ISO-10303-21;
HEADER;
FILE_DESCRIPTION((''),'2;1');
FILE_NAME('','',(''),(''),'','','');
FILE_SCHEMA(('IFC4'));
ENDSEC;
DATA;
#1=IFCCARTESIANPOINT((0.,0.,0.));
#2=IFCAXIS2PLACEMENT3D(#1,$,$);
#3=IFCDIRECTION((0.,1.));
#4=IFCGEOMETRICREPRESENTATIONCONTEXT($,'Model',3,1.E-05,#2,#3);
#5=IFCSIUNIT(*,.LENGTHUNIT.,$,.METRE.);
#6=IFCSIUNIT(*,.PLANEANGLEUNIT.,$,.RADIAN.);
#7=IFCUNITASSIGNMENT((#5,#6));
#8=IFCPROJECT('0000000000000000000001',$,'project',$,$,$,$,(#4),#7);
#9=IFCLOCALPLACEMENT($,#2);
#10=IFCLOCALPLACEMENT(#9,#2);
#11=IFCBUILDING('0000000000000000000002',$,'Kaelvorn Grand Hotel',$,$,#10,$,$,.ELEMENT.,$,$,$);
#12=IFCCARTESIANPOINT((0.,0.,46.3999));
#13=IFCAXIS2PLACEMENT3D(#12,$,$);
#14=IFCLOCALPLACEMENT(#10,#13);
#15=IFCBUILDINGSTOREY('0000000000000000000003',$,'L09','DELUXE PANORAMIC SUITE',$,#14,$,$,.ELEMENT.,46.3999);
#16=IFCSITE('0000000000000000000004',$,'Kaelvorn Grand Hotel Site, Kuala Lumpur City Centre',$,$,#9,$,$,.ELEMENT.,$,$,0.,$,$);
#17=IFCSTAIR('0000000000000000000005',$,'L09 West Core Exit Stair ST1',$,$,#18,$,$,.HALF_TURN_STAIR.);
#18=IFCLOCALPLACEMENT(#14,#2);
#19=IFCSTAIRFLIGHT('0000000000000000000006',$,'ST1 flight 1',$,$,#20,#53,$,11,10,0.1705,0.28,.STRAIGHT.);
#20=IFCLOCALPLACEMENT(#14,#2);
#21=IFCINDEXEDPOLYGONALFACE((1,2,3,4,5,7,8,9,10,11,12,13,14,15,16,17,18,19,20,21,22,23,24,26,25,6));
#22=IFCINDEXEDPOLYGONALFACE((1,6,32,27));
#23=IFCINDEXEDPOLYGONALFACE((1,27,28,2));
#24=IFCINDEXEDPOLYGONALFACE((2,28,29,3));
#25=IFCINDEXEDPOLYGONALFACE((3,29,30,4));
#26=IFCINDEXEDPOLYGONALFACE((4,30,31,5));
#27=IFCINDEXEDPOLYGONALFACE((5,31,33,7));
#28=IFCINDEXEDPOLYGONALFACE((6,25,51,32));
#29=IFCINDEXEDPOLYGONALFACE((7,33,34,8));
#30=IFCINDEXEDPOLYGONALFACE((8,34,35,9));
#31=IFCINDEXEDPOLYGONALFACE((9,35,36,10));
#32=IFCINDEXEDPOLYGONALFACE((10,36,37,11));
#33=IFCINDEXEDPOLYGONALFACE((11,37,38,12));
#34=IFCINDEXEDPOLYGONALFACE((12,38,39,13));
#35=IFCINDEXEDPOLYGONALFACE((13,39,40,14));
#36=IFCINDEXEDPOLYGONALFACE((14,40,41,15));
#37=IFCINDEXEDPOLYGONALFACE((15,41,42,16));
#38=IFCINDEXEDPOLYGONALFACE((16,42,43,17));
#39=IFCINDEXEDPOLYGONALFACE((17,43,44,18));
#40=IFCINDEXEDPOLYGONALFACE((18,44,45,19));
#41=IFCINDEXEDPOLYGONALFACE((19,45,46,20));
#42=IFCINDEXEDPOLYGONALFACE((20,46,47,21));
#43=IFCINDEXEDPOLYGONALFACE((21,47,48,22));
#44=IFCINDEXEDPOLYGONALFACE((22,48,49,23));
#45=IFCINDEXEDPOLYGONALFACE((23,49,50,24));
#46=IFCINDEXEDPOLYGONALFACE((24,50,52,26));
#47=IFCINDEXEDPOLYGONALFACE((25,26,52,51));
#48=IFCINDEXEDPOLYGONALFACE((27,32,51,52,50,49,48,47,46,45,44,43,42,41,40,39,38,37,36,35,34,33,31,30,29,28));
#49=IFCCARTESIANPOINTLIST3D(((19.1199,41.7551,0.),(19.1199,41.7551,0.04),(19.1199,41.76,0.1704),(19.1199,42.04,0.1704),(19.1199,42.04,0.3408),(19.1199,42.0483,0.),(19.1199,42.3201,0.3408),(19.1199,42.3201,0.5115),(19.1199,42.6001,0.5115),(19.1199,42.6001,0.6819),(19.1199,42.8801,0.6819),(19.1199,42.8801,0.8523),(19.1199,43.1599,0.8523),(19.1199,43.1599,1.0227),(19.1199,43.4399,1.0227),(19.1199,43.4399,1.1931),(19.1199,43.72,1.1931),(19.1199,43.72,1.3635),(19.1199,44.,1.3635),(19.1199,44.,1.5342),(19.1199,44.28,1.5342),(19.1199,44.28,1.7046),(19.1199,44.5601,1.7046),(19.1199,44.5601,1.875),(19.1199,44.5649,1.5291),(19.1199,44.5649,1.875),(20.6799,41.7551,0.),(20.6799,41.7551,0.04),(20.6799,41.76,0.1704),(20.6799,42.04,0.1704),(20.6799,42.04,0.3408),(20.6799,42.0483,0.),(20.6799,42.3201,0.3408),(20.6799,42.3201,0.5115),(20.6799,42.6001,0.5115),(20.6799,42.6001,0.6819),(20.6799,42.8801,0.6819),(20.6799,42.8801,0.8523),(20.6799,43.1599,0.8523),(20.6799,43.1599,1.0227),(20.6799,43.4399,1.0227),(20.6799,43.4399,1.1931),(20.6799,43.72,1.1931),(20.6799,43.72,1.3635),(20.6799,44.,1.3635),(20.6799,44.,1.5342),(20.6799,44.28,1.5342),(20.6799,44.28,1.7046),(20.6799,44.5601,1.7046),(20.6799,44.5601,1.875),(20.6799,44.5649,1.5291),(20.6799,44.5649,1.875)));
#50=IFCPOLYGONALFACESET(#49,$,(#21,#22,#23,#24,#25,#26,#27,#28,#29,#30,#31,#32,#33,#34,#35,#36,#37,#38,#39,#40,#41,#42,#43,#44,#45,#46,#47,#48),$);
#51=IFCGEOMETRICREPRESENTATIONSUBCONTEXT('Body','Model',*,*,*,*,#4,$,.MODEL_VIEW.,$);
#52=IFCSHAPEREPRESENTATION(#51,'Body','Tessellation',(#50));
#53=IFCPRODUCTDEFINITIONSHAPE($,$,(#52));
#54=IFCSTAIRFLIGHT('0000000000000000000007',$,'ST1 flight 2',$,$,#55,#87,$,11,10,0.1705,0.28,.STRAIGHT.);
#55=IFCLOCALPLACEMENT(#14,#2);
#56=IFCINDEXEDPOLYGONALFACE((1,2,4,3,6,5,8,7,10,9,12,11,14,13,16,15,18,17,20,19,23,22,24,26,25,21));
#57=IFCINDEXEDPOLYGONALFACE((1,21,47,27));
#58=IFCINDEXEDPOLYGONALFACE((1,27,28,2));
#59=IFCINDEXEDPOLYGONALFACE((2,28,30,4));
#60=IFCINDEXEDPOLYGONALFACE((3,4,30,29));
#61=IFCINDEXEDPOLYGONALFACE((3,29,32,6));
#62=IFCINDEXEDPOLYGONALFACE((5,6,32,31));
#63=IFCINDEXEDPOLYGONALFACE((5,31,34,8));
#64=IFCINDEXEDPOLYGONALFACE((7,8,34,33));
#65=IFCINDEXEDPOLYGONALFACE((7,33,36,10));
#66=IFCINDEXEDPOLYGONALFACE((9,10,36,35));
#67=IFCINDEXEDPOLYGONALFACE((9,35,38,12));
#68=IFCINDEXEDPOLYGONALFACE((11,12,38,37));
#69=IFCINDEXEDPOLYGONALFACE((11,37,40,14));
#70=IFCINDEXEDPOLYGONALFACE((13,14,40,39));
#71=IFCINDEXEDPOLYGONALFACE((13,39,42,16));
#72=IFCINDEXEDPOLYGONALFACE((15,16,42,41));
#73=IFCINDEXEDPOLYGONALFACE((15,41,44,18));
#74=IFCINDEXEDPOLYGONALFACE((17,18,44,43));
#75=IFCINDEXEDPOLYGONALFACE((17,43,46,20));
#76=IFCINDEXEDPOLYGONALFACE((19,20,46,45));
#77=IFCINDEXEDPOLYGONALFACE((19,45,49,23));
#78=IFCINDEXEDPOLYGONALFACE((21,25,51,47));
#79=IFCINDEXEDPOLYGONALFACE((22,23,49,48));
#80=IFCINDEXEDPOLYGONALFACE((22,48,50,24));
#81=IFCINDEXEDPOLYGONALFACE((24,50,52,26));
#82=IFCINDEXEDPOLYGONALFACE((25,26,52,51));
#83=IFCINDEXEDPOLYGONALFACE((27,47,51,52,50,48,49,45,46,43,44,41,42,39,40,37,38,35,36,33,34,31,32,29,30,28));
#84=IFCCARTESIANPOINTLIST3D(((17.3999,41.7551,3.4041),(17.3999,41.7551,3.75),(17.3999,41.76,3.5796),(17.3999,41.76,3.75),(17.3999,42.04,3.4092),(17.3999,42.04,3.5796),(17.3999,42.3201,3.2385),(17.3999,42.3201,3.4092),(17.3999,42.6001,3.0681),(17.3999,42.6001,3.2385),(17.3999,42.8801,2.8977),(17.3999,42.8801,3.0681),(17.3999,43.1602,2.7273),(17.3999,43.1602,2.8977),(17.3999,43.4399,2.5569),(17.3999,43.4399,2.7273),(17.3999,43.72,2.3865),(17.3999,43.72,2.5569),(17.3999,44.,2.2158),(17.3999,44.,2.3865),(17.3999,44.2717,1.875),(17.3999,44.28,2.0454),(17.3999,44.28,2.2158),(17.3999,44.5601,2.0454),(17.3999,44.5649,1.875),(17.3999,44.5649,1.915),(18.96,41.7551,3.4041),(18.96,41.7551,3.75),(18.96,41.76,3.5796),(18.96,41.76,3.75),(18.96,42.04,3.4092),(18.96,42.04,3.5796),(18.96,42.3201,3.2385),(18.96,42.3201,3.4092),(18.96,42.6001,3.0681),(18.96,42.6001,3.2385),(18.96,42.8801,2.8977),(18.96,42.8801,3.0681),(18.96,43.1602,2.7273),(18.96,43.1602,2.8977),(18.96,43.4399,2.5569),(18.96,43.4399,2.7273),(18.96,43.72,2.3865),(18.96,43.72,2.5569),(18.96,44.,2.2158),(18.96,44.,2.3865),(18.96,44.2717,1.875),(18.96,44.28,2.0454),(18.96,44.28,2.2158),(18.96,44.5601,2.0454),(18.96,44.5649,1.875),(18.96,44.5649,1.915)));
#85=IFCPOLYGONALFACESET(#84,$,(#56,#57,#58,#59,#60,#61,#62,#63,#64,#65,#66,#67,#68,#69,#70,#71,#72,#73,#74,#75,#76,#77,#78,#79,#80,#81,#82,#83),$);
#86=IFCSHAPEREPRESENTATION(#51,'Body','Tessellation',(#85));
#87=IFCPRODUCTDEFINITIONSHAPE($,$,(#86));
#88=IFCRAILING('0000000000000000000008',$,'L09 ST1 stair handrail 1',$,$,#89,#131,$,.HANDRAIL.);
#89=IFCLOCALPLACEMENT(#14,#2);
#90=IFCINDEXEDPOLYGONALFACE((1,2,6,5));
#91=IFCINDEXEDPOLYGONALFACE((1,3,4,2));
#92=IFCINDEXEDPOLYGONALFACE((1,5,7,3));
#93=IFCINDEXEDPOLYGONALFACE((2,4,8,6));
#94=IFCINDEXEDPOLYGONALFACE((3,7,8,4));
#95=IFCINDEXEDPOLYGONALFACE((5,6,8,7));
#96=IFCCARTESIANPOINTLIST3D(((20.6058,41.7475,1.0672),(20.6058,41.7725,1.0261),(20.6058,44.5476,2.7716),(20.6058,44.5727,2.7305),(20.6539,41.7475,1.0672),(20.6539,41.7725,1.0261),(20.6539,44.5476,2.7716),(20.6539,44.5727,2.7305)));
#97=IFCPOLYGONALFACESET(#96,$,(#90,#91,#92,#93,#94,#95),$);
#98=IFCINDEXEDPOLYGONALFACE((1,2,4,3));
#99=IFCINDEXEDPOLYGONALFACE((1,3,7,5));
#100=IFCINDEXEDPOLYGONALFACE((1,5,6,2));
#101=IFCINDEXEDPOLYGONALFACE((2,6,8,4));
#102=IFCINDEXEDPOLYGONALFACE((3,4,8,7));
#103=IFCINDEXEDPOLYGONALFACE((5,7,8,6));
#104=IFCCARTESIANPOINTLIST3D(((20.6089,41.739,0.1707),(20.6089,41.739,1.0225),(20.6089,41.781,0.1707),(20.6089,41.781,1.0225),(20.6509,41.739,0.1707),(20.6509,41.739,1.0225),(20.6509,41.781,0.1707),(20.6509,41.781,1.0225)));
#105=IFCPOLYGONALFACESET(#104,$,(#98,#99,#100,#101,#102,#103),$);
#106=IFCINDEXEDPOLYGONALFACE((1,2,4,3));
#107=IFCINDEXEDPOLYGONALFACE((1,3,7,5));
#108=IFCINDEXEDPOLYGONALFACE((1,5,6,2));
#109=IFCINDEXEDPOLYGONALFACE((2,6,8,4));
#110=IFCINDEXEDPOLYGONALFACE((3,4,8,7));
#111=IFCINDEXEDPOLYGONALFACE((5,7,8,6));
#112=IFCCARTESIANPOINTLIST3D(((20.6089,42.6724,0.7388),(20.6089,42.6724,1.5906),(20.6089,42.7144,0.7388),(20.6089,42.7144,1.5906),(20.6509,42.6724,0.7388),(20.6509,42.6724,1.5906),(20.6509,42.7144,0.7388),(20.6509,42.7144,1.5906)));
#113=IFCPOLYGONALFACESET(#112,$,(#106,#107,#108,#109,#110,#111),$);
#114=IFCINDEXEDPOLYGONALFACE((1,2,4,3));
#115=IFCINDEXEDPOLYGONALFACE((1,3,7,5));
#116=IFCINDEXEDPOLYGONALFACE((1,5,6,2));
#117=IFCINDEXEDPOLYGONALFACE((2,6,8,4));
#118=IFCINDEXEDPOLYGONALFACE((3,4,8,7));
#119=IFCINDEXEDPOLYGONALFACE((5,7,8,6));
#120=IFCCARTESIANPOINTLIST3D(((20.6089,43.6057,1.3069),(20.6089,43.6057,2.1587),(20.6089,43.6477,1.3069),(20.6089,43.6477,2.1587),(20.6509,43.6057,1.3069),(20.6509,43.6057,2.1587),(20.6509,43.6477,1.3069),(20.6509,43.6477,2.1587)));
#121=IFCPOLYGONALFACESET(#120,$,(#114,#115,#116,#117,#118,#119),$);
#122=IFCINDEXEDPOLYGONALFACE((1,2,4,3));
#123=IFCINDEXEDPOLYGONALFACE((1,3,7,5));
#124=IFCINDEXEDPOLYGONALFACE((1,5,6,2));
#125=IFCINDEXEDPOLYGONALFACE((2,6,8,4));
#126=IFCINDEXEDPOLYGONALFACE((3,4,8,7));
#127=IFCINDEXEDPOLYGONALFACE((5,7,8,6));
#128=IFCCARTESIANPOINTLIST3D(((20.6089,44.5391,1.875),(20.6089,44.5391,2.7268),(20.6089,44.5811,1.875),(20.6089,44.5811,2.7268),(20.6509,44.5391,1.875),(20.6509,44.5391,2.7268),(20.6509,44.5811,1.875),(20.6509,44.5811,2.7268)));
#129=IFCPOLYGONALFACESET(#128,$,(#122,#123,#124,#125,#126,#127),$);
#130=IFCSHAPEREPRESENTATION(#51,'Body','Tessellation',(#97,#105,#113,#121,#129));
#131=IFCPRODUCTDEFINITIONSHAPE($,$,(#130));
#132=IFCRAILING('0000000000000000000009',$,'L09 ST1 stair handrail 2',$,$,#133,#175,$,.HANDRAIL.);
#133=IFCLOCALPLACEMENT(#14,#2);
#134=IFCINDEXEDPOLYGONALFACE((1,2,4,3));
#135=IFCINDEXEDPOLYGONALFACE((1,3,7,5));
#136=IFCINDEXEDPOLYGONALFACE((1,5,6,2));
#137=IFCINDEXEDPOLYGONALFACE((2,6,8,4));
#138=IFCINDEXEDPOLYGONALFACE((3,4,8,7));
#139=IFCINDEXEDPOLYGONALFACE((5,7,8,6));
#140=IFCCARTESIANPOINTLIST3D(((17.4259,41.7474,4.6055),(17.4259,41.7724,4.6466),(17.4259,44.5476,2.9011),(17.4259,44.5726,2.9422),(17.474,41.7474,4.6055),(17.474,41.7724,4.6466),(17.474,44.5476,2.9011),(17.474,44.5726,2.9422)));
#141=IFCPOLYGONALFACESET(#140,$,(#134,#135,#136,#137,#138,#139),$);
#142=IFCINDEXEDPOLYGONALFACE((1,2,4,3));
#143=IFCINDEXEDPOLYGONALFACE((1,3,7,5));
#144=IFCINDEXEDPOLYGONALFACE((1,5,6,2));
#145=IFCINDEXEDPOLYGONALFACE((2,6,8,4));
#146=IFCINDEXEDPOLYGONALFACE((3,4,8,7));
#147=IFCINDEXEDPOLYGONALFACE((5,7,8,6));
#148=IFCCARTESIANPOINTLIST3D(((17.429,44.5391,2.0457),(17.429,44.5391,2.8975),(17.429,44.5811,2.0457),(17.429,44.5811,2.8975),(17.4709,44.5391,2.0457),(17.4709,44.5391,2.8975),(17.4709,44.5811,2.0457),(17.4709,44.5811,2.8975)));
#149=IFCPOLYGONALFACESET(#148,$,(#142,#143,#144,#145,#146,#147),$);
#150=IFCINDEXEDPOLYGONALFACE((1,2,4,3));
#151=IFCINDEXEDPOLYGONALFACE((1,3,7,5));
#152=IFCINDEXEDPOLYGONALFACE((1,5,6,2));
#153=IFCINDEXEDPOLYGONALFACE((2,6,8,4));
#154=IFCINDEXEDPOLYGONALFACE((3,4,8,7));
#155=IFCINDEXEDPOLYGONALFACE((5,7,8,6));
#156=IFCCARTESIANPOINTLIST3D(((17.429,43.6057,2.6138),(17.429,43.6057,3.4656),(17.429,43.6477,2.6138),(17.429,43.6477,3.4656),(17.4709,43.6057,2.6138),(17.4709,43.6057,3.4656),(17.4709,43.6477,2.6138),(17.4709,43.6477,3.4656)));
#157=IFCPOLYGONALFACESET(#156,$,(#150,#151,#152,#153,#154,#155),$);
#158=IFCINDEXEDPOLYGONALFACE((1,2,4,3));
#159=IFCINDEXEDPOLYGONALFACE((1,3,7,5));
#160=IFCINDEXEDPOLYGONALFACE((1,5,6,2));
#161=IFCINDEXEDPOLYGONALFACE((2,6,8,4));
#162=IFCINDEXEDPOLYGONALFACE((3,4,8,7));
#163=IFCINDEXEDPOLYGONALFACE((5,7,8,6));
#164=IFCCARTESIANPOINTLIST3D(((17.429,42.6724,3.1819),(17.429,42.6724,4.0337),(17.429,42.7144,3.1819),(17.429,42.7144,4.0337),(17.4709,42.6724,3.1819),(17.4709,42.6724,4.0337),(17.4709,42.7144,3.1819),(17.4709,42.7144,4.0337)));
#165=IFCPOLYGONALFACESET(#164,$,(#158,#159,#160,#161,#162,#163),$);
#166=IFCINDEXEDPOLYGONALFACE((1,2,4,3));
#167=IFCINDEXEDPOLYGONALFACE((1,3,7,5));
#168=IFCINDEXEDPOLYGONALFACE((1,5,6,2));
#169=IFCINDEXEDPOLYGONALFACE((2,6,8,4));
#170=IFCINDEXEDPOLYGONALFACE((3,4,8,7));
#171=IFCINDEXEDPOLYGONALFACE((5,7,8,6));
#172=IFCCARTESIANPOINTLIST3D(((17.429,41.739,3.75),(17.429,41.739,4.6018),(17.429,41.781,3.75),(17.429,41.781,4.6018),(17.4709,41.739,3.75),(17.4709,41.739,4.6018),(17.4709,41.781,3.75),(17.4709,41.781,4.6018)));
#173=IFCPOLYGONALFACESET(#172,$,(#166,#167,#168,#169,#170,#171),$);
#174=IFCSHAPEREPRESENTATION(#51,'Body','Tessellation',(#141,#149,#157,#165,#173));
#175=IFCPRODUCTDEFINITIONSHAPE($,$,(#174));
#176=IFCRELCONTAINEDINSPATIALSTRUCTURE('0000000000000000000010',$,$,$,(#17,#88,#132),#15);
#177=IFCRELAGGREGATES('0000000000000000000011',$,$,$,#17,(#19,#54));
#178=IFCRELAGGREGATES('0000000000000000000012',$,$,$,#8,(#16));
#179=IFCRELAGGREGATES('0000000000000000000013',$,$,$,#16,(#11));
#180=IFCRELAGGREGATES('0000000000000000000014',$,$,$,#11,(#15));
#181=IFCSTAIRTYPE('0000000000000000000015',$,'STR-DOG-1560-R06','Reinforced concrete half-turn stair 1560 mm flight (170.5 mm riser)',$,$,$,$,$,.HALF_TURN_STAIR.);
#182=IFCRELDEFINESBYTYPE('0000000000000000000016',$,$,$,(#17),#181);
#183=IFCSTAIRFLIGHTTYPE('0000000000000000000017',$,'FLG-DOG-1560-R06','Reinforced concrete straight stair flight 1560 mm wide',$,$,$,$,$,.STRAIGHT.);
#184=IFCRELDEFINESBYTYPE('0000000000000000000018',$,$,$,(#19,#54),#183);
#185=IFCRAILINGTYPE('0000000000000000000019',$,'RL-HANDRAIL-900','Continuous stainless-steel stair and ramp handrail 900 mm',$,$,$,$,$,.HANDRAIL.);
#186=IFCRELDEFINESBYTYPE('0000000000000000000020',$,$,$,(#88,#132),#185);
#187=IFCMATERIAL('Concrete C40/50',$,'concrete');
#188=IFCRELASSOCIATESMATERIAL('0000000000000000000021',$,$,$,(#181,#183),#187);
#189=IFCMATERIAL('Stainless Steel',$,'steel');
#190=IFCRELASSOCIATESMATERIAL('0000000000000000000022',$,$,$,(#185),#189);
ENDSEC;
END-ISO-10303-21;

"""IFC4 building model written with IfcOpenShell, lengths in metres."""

from ifc_helpers import new_model, si_unit, direction, frame, origin, origin_2d, place, context, subcontext, project, spatial, polyline, rectangle, outline, extrude, material, type_object, element, aggregate, save


model = new_model("IFC4")

# Units and contexts
model_context = context("Model", 3, precision=1e-05, world=origin(), true_north=direction((0.0, 1.0)))
body_context = subcontext(model_context, "Body", "Model", "MODEL_VIEW")
ifc_project = project(units=[si_unit("LENGTHUNIT", "METRE"), si_unit("PLANEANGLEUNIT", "RADIAN")], contexts=[model_context])

# Site, building, storey
site_placement = place(None, origin())
site = spatial("IfcSite", under=ifc_project, at=site_placement, Name="Kaelvorn Grand Hotel Site, Kuala Lumpur City Centre", CompositionType="ELEMENT", RefElevation=0.0)
building_placement = place(site_placement, origin())
building = spatial("IfcBuilding", under=site, at=building_placement, Name="Kaelvorn Grand Hotel", CompositionType="ELEMENT")
storey_placement = place(building_placement, frame((0.0, 0.0, 46.3999)))
storey = spatial("IfcBuildingStorey", under=building, at=storey_placement, Name="L09", Description="DELUXE PANORAMIC SUITE", CompositionType="ELEMENT", Elevation=46.3999)

# Shared definitions
ifc_material_1 = material(Name="Concrete C40/50", Category="concrete")

# Stair, stair flights
stair_type = type_object("IfcStairType", Name="STR-DOG-1560-R06", Description="Reinforced concrete half-turn stair 1560 mm flight (170.5 mm riser)", PredefinedType="HALF_TURN_STAIR", material=ifc_material_1)
stair_placement = place(storey_placement, origin())
stair = element("IfcStair", 1, at=stair_placement, inside=storey, type_object=stair_type, Name="L09 West Core Exit Stair ST1", PredefinedType="HALF_TURN_STAIR")
stair_flight_type = type_object("IfcStairFlightType", Name="FLG-DOG-1560-R06", Description="Reinforced concrete straight stair flight 1560 mm wide", PredefinedType="STRAIGHT", material=ifc_material_1)
stair_flight_1_placement = place(storey_placement, frame((19.8999, 41.76, 0.0), z_axis=(0.0, 0.0, 1.0), x_axis=(0.0, 1.0, 0.0)))
stair_flight_1 = element("IfcStairFlight", 2, at=stair_flight_1_placement, type_object=stair_flight_type, Name="ST1 flight 1", NumberOfRisers=11, NumberOfTreads=10, PredefinedType="STRAIGHT", RiserHeight=0.1705, TreadLength=0.28, context=body_context, shape_type="SweptSolid", body=[
    extrude(outline(polyline([(-0.0049, 0.0), (-0.0049, 0.04), (0.0, 0.1704), (0.28, 0.1704), (0.28, 0.3408), (0.5601, 0.3408), (0.5601, 0.5115), (0.8401, 0.5115), (0.8401, 0.6819), (1.1201, 0.6819), (1.1201, 0.8523), (1.3999, 0.8523), (1.3999, 1.0227), (1.6799, 1.0227), (1.6799, 1.1931), (1.96, 1.1931), (1.96, 1.3635), (2.24, 1.3635), (2.24, 1.5342), (2.52, 1.5342), (2.52, 1.7046), (2.8, 1.7046), (2.8, 1.875), (2.8049, 1.875), (2.8049, 1.5291), (0.2883, 0.0), (-0.0049, 0.0)])), frame((0.0, 0.78, 0.0), z_axis=(0.0, -1.0, 0.0), x_axis=(1.0, 0.0, 0.0)), (0.0, 0.0, 1.0), 1.5601),
])
stair_flight_2_placement = place(storey_placement, frame((18.1799, 44.5601, 1.875), z_axis=(0.0, 0.0, 1.0), x_axis=(0.0, -1.0, 0.0)))
stair_flight_2 = element("IfcStairFlight", 3, at=stair_flight_2_placement, type_object=stair_flight_type, Name="ST1 flight 2", NumberOfRisers=11, NumberOfTreads=10, PredefinedType="STRAIGHT", RiserHeight=0.1705, TreadLength=0.28, context=body_context, shape_type="SweptSolid", body=[
    extrude(outline(polyline([(-0.0049, 0.0), (-0.0049, 0.04), (0.0, 0.1704), (0.28, 0.1704), (0.28, 0.3408), (0.5601, 0.3408), (0.5601, 0.5115), (0.8401, 0.5115), (0.8401, 0.6819), (1.1201, 0.6819), (1.1201, 0.8523), (1.3999, 0.8523), (1.3999, 1.0227), (1.6799, 1.0227), (1.6799, 1.1931), (1.96, 1.1931), (1.96, 1.3635), (2.24, 1.3635), (2.24, 1.5342), (2.52, 1.5342), (2.52, 1.7046), (2.8, 1.7046), (2.8, 1.875), (2.8049, 1.875), (2.8049, 1.5291), (0.2883, 0.0), (-0.0049, 0.0)])), frame((0.0, 0.78, 0.0), z_axis=(0.0, -1.0, 0.0), x_axis=(1.0, 0.0, 0.0)), (0.0, 0.0, 1.0), 1.5601),
])
aggregate(stair, [stair_flight_1, stair_flight_2])

# Railings
ifc_material_2 = material(Name="Stainless Steel", Category="steel")
railing_type_1 = type_object("IfcRailingType", Name="RL-HANDRAIL-900", Description="Continuous stainless-steel stair and ramp handrail 900 mm", PredefinedType="HANDRAIL", material=ifc_material_2)
railing_1_placement = place(storey_placement, frame((20.6299, 41.76, 0.1707)))
element("IfcRailing", 4, at=railing_1_placement, inside=storey, type_object=railing_type_1, Name="L09 ST1 stair handrail 1", PredefinedType="HANDRAIL", context=body_context, shape_type="SweptSolid", body=[
    extrude(rectangle(XDim=0.0481, YDim=0.0481, at=origin_2d()), frame((0.0, 0.0, 0.876), z_axis=(0.0, 0.854203, 0.51994), x_axis=(-1.0, 0.0, 0.0)), (0.0, 0.0, 1.0), 3.2781),
    extrude(rectangle(XDim=0.042, YDim=0.042, at=origin_2d()), origin(), (0.0, 0.0, 1.0), 0.8518),
    extrude(rectangle(XDim=0.042, YDim=0.042, at=origin_2d()), frame((0.0, 0.9333, 0.5681)), (0.0, 0.0, 1.0), 0.8518),
    extrude(rectangle(XDim=0.042, YDim=0.042, at=origin_2d()), frame((0.0, 1.8667, 1.1362)), (0.0, 0.0, 1.0), 0.8518),
    extrude(rectangle(XDim=0.042, YDim=0.042, at=origin_2d()), frame((0.0, 2.8, 1.7043)), (0.0, 0.0, 1.0), 0.8518),
])
railing_2_placement = place(storey_placement, frame((17.45, 44.5601, 2.0457)))
element("IfcRailing", 5, at=railing_2_placement, inside=storey, type_object=railing_type_1, Name="L09 ST1 stair handrail 2", PredefinedType="HANDRAIL", context=body_context, shape_type="SweptSolid", body=[
    extrude(rectangle(XDim=0.0481, YDim=0.0481, at=origin_2d()), frame((0.0, 0.0, 0.876), z_axis=(0.0, -0.854203, 0.51994), x_axis=(1.0, 0.0, 0.0)), (0.0, 0.0, 1.0), 3.2781),
    extrude(rectangle(XDim=0.042, YDim=0.042, at=origin_2d()), origin(), (0.0, 0.0, 1.0), 0.8518),
    extrude(rectangle(XDim=0.042, YDim=0.042, at=origin_2d()), frame((0.0, -0.9333, 0.5681)), (0.0, 0.0, 1.0), 0.8518),
    extrude(rectangle(XDim=0.042, YDim=0.042, at=origin_2d()), frame((0.0, -1.8667, 1.1362)), (0.0, 0.0, 1.0), 0.8518),
    extrude(rectangle(XDim=0.042, YDim=0.042, at=origin_2d()), frame((0.0, -2.8, 1.7043)), (0.0, 0.0, 1.0), 0.8518),
])

save(model, "model.ifc")
